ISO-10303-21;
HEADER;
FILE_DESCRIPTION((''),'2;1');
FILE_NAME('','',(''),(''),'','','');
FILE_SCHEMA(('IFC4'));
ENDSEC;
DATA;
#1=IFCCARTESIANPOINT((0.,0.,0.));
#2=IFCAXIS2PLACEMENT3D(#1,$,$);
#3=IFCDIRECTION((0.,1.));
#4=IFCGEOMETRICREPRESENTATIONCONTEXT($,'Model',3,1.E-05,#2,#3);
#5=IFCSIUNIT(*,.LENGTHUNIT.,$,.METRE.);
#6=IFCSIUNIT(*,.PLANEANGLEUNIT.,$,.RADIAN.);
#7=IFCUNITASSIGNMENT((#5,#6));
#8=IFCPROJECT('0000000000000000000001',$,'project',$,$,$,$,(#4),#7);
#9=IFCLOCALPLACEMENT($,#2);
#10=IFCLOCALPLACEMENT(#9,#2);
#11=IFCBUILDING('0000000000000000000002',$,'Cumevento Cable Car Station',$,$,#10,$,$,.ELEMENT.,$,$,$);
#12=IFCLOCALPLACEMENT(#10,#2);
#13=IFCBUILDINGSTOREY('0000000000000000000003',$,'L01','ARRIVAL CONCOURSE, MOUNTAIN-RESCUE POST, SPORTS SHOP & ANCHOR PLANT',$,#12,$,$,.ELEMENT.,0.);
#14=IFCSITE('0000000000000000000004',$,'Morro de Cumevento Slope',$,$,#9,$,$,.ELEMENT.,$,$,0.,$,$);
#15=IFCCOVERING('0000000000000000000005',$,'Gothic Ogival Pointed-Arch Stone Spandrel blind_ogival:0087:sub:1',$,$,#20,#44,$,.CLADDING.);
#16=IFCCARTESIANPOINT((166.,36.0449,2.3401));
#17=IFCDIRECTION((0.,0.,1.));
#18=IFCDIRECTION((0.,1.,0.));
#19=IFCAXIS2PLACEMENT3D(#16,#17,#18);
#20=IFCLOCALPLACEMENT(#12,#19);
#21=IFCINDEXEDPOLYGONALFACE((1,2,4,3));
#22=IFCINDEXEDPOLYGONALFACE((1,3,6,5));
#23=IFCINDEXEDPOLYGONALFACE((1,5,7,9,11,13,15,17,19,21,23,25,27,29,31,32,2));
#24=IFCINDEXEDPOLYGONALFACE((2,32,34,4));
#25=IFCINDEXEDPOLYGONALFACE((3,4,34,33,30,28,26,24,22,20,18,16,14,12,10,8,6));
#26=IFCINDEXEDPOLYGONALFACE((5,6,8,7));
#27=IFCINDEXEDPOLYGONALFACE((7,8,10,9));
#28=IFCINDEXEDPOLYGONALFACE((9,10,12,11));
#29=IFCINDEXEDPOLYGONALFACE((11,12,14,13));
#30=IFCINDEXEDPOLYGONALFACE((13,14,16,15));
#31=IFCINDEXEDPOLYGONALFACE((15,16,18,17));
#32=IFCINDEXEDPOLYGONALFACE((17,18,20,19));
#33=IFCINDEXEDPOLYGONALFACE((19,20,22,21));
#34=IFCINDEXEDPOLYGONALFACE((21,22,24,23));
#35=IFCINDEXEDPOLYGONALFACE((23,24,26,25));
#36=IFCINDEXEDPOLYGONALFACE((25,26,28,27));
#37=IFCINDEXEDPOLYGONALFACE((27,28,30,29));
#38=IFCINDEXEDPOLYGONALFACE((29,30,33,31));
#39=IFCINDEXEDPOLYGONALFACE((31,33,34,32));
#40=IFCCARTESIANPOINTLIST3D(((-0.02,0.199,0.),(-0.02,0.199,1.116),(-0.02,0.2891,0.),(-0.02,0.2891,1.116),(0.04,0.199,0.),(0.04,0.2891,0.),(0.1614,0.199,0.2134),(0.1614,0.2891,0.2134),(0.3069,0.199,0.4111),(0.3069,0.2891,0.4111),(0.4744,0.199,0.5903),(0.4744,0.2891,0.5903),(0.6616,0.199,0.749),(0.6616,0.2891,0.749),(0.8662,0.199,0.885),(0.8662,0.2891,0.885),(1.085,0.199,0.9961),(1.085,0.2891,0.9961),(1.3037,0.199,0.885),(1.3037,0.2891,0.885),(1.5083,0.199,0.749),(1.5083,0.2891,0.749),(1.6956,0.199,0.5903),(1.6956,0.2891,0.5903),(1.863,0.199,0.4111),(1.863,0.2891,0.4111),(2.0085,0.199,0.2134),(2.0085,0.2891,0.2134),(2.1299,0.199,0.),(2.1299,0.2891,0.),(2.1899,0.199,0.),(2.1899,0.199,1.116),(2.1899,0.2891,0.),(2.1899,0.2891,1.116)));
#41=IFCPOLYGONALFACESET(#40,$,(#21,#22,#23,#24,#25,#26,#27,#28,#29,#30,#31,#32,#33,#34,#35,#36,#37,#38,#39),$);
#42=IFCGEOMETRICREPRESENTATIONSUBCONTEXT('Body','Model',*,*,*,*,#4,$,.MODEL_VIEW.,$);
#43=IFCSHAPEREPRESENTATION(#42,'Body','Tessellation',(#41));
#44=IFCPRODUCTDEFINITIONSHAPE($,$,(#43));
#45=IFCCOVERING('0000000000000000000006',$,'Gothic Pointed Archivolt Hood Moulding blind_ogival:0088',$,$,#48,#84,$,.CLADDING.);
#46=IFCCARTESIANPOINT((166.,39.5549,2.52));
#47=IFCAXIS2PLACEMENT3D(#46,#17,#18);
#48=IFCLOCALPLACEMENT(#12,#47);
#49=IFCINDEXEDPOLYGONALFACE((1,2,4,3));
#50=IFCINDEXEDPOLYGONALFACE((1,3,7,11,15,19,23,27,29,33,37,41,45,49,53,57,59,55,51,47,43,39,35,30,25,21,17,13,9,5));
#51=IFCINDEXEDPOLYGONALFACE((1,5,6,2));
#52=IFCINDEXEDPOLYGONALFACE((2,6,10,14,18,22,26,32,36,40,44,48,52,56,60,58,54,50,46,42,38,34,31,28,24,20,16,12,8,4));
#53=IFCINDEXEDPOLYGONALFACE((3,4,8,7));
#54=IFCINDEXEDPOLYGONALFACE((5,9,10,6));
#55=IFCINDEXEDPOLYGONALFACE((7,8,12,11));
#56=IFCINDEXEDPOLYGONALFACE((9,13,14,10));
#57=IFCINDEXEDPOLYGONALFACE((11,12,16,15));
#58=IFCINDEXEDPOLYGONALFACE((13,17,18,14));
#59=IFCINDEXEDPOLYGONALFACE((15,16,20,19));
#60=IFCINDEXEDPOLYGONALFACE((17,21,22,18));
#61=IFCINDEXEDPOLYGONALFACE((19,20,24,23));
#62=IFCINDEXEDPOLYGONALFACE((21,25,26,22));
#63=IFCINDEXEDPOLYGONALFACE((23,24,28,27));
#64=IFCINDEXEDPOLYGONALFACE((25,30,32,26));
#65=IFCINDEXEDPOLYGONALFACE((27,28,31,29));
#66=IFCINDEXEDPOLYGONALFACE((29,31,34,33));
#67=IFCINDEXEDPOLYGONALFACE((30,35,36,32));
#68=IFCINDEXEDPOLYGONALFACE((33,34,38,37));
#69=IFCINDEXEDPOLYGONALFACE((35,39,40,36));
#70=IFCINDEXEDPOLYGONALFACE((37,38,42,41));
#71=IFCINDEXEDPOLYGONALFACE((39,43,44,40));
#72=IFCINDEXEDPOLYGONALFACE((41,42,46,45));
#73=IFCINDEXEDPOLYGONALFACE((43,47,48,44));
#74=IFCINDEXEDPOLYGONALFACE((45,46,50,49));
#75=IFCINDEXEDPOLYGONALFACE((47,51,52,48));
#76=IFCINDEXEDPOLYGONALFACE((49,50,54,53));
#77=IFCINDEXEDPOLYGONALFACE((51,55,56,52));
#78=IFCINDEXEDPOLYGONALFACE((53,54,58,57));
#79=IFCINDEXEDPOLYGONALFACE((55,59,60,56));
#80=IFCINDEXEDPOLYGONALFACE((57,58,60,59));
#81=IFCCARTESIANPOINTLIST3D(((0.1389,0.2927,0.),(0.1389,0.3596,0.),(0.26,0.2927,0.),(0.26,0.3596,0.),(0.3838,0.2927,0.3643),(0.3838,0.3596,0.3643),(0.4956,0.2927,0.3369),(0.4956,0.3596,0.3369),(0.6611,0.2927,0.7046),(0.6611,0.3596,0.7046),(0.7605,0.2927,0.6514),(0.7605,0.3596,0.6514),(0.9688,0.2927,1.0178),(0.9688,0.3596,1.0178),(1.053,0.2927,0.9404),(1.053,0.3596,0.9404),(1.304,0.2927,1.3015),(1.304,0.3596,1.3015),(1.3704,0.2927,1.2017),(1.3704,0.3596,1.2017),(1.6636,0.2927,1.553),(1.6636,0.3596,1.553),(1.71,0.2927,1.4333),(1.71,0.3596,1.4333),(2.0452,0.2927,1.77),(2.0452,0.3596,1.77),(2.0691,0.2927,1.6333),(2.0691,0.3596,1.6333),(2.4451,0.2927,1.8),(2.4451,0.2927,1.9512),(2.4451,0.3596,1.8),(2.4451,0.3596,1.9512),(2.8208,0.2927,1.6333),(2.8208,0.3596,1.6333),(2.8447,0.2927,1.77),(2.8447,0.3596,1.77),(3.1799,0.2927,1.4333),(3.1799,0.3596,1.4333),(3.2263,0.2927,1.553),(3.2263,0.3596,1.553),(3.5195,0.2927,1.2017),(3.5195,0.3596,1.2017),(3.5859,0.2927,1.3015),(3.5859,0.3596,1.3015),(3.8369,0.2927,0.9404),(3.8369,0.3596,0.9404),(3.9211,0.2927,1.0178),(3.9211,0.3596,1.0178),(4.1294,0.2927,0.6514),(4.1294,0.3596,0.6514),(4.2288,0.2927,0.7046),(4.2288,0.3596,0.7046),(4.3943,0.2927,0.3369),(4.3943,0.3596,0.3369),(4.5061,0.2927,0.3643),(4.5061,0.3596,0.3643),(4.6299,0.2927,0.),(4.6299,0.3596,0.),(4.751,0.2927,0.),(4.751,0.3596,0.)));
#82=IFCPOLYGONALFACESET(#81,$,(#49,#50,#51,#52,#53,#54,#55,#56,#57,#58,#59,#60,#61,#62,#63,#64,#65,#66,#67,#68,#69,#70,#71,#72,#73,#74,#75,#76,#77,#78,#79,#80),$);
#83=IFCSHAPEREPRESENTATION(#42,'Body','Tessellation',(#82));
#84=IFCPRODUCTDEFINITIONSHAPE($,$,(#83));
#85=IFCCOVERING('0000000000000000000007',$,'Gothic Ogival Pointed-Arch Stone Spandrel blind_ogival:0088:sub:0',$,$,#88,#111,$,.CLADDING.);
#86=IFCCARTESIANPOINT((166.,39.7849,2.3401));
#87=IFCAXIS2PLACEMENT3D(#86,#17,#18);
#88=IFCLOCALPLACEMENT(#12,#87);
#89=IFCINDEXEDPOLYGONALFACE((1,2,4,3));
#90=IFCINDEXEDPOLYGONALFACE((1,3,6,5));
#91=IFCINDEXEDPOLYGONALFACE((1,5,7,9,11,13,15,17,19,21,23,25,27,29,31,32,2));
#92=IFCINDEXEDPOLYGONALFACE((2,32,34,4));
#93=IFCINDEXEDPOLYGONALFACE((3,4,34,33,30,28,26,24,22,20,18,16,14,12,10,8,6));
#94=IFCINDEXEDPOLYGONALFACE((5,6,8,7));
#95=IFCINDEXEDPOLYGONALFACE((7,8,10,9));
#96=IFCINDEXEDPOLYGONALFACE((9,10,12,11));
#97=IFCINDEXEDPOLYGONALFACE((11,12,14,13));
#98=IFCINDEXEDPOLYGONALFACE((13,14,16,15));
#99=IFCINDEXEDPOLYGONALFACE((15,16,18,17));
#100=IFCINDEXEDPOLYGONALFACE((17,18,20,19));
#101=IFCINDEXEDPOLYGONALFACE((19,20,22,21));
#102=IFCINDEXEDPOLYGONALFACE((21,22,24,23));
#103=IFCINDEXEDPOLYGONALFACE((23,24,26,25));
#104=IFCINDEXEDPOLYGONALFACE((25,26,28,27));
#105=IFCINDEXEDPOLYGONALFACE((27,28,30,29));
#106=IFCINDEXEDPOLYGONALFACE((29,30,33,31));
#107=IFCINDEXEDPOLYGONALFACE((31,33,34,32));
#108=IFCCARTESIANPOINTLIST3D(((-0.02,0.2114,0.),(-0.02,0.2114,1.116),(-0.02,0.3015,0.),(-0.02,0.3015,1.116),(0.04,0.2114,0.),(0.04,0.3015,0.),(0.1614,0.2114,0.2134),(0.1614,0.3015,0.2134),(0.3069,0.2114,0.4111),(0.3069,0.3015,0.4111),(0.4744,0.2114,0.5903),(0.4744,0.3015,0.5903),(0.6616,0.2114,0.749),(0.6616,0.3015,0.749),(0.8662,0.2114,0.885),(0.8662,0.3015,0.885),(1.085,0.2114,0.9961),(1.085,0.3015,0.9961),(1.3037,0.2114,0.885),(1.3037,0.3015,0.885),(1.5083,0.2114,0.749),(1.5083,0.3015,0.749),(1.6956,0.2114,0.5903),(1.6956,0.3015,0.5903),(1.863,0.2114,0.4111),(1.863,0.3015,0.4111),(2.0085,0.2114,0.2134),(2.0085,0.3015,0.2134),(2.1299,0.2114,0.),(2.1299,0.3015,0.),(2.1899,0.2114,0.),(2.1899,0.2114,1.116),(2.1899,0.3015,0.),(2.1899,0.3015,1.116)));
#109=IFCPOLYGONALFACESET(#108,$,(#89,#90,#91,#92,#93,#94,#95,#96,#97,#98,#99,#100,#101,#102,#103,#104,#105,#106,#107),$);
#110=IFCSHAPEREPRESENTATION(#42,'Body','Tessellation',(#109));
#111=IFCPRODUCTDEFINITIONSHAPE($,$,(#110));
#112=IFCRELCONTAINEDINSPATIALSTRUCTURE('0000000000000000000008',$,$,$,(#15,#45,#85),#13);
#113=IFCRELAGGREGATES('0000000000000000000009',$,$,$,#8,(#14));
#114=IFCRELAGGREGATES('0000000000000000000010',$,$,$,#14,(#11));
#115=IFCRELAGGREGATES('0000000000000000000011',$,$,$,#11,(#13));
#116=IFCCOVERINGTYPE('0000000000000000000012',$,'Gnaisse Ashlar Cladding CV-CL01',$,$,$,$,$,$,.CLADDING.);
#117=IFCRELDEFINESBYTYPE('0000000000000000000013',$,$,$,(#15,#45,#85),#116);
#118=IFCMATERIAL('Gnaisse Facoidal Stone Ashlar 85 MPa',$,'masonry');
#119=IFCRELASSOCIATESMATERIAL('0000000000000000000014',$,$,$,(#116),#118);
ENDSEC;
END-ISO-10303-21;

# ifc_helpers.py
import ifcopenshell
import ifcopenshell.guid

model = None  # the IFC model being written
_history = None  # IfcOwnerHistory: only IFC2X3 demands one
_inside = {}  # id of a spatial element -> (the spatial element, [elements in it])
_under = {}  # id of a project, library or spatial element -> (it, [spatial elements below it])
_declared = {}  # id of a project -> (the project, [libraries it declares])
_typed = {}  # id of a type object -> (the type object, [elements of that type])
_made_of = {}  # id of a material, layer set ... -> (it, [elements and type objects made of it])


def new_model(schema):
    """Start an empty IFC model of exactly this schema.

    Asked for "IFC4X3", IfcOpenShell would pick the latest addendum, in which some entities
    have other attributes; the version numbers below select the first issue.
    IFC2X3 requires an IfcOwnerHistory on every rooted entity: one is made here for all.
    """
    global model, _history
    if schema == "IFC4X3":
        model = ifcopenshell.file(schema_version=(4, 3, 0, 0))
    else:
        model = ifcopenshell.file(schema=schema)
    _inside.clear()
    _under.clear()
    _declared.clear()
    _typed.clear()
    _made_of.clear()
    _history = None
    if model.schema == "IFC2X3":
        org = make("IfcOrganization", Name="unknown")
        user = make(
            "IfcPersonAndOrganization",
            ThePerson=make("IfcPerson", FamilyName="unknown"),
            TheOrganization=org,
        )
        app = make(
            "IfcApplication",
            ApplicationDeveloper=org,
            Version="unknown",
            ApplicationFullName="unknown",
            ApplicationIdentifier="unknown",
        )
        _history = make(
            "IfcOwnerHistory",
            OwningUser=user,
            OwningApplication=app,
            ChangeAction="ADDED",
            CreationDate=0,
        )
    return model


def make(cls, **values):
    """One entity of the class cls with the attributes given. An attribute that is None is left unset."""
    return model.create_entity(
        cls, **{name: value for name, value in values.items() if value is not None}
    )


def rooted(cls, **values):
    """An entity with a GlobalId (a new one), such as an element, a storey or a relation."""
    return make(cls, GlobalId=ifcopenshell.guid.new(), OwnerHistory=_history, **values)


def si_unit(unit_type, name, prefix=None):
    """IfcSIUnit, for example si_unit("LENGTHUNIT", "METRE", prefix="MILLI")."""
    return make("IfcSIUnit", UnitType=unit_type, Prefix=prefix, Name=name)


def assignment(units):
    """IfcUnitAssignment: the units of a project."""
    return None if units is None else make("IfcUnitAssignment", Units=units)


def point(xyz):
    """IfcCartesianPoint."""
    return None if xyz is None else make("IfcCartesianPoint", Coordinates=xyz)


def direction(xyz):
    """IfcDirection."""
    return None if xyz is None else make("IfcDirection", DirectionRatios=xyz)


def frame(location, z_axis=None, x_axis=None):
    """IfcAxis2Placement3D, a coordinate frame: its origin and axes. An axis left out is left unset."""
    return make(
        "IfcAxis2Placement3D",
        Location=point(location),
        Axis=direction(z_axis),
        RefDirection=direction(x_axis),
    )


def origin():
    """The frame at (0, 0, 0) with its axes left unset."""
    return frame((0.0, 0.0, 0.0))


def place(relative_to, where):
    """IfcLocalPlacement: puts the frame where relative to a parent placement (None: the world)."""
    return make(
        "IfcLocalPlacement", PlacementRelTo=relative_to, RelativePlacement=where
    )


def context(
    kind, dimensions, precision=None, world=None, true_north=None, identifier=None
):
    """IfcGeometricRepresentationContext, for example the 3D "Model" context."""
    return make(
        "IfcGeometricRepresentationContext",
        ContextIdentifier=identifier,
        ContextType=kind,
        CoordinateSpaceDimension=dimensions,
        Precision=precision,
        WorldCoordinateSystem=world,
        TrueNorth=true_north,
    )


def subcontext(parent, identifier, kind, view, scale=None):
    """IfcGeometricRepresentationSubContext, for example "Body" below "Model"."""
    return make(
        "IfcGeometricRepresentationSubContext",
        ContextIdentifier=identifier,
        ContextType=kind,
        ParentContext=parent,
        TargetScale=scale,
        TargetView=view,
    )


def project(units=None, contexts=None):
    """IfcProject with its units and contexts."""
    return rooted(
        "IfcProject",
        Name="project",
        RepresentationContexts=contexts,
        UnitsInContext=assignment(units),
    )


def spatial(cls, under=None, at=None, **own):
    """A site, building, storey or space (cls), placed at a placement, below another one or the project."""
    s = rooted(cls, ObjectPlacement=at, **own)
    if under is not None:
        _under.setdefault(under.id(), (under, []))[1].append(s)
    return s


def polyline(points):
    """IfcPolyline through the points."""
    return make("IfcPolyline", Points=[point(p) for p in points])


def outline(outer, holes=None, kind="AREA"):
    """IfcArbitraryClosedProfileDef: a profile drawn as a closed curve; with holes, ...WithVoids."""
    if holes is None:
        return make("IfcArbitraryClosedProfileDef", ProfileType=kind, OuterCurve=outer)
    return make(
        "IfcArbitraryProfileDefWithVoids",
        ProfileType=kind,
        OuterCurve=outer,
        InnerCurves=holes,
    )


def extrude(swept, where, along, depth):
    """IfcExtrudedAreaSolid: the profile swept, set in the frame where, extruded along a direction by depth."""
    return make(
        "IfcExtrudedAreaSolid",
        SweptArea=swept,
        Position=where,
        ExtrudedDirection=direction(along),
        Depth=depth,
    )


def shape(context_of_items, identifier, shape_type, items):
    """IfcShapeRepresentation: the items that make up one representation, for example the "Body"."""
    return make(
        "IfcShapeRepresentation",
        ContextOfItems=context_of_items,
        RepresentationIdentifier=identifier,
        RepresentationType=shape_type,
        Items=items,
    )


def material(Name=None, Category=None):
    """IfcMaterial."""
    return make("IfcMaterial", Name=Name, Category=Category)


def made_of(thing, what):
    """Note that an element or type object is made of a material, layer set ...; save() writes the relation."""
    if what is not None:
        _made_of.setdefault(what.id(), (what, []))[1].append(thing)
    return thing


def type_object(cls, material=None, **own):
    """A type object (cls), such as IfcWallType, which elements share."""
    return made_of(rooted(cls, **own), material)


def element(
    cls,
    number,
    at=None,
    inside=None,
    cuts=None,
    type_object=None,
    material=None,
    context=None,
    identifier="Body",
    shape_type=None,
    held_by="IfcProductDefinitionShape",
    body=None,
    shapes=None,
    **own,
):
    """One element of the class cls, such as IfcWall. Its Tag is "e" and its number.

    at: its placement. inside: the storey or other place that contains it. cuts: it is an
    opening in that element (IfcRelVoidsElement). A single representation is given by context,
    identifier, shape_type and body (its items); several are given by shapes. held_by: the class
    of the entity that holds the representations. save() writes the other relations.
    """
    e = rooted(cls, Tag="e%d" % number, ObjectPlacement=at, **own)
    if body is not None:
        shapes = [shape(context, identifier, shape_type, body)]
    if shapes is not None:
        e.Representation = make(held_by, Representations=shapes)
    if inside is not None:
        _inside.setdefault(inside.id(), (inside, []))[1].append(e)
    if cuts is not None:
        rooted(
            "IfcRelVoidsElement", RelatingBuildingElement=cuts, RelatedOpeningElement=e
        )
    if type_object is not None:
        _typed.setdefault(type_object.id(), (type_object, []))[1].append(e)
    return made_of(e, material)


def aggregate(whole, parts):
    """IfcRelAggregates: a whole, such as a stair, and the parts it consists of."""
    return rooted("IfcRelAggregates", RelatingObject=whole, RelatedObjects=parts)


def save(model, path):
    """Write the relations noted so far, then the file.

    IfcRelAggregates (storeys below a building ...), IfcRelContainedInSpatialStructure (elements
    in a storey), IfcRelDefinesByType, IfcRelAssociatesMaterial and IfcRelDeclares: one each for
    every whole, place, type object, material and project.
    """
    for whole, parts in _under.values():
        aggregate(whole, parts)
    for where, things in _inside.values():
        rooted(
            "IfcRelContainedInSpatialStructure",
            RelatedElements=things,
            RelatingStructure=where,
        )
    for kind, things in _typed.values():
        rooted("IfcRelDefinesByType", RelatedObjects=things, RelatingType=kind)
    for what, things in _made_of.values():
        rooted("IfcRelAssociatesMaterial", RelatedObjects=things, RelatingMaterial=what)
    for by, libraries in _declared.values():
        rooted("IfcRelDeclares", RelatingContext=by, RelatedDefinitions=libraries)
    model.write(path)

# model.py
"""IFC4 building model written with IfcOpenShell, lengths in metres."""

from ifc_helpers import new_model, si_unit, direction, frame, origin, place, context, subcontext, project, spatial, polyline, outline, extrude, material, type_object, element, save


model = new_model("IFC4")

# Units and contexts
model_context = context("Model", 3, precision=1e-05, world=origin(), true_north=direction((0.0, 1.0)))
body_context = subcontext(model_context, "Body", "Model", "MODEL_VIEW")
ifc_project = project(units=[si_unit("LENGTHUNIT", "METRE"), si_unit("PLANEANGLEUNIT", "RADIAN")], contexts=[model_context])

# Site, building, storey
site_placement = place(None, origin())
site = spatial("IfcSite", under=ifc_project, at=site_placement, Name="Morro de Cumevento Slope", CompositionType="ELEMENT", RefElevation=0.0)
building_placement = place(site_placement, origin())
building = spatial("IfcBuilding", under=site, at=building_placement, Name="Cumevento Cable Car Station", CompositionType="ELEMENT")
storey_placement = place(building_placement, origin())
storey = spatial("IfcBuildingStorey", under=building, at=storey_placement, Name="L01", Description="ARRIVAL CONCOURSE, MOUNTAIN-RESCUE POST, SPORTS SHOP & ANCHOR PLANT", CompositionType="ELEMENT", Elevation=0.0)

# Coverings
ifc_material_1 = material(Name="Gnaisse Facoidal Stone Ashlar 85 MPa", Category="masonry")
covering_type = type_object("IfcCoveringType", Name="Gnaisse Ashlar Cladding CV-CL01", PredefinedType="CLADDING", material=ifc_material_1)
covering_1_placement = place(storey_placement, frame((166.0, 36.0449, 2.3401), z_axis=(0.0, 0.0, 1.0), x_axis=(0.0, 1.0, 0.0)))
element("IfcCovering", 1, at=covering_1_placement, inside=storey, type_object=covering_type, Name="Gothic Ogival Pointed-Arch Stone Spandrel blind_ogival:0087:sub:1", PredefinedType="CLADDING", context=body_context, shape_type="SweptSolid", body=[
    extrude(outline(polyline([(-0.02, 0.0), (-0.02, 1.116), (2.1899, 1.116), (2.1899, 0.0), (2.1299, 0.0), (2.0085, 0.2134), (1.863, 0.4111), (1.6956, 0.5903), (1.5083, 0.749), (1.3037, 0.885), (1.085, 0.9961), (0.8662, 0.885), (0.6616, 0.749), (0.4744, 0.5903), (0.3069, 0.4111), (0.1614, 0.2134), (0.04, 0.0), (-0.02, 0.0)])), frame((0.0, 0.2891, 0.0), z_axis=(0.0, -1.0, 0.0), x_axis=(1.0, 0.0, 0.0)), (0.0, 0.0, 1.0), 0.0901),
])
covering_2_placement = place(storey_placement, frame((166.0, 39.5549, 2.52), z_axis=(0.0, 0.0, 1.0), x_axis=(0.0, 1.0, 0.0)))
element("IfcCovering", 2, at=covering_2_placement, inside=storey, type_object=covering_type, Name="Gothic Pointed Archivolt Hood Moulding blind_ogival:0088", PredefinedType="CLADDING", context=body_context, shape_type="SweptSolid", body=[
    extrude(outline(polyline([(0.26, 0.0), (0.4956, 0.3369), (0.7605, 0.6514), (1.053, 0.9404), (1.3704, 1.2017), (1.71, 1.4333), (2.0691, 1.6333), (2.4451, 1.8), (2.8208, 1.6333), (3.1799, 1.4333), (3.5195, 1.2017), (3.8369, 0.9404), (4.1294, 0.6514), (4.3943, 0.3369), (4.6299, 0.0), (4.751, 0.0), (4.5061, 0.3643), (4.2288, 0.7046), (3.9211, 1.0178), (3.5859, 1.3015), (3.2263, 1.553), (2.8447, 1.77), (2.4451, 1.9512), (2.0452, 1.77), (1.6636, 1.553), (1.304, 1.3015), (0.9688, 1.0178), (0.6611, 0.7046), (0.3838, 0.3643), (0.1389, 0.0), (0.26, 0.0)])), frame((0.0, 0.3596, 0.0), z_axis=(0.0, -1.0, 0.0), x_axis=(1.0, 0.0, 0.0)), (0.0, 0.0, 1.0), 0.0669),
])
covering_3_placement = place(storey_placement, frame((166.0, 39.7849, 2.3401), z_axis=(0.0, 0.0, 1.0), x_axis=(0.0, 1.0, 0.0)))
element("IfcCovering", 3, at=covering_3_placement, inside=storey, type_object=covering_type, Name="Gothic Ogival Pointed-Arch Stone Spandrel blind_ogival:0088:sub:0", PredefinedType="CLADDING", context=body_context, shape_type="SweptSolid", body=[
    extrude(outline(polyline([(-0.02, 0.0), (-0.02, 1.116), (2.1899, 1.116), (2.1899, 0.0), (2.1299, 0.0), (2.0085, 0.2134), (1.863, 0.4111), (1.6956, 0.5903), (1.5083, 0.749), (1.3037, 0.885), (1.085, 0.9961), (0.8662, 0.885), (0.6616, 0.749), (0.4744, 0.5903), (0.3069, 0.4111), (0.1614, 0.2134), (0.04, 0.0), (-0.02, 0.0)])), frame((0.0, 0.3015, 0.0), z_axis=(0.0, -1.0, 0.0), x_axis=(1.0, 0.0, 0.0)), (0.0, 0.0, 1.0), 0.0901),
])

save(model, "model.ifc")
